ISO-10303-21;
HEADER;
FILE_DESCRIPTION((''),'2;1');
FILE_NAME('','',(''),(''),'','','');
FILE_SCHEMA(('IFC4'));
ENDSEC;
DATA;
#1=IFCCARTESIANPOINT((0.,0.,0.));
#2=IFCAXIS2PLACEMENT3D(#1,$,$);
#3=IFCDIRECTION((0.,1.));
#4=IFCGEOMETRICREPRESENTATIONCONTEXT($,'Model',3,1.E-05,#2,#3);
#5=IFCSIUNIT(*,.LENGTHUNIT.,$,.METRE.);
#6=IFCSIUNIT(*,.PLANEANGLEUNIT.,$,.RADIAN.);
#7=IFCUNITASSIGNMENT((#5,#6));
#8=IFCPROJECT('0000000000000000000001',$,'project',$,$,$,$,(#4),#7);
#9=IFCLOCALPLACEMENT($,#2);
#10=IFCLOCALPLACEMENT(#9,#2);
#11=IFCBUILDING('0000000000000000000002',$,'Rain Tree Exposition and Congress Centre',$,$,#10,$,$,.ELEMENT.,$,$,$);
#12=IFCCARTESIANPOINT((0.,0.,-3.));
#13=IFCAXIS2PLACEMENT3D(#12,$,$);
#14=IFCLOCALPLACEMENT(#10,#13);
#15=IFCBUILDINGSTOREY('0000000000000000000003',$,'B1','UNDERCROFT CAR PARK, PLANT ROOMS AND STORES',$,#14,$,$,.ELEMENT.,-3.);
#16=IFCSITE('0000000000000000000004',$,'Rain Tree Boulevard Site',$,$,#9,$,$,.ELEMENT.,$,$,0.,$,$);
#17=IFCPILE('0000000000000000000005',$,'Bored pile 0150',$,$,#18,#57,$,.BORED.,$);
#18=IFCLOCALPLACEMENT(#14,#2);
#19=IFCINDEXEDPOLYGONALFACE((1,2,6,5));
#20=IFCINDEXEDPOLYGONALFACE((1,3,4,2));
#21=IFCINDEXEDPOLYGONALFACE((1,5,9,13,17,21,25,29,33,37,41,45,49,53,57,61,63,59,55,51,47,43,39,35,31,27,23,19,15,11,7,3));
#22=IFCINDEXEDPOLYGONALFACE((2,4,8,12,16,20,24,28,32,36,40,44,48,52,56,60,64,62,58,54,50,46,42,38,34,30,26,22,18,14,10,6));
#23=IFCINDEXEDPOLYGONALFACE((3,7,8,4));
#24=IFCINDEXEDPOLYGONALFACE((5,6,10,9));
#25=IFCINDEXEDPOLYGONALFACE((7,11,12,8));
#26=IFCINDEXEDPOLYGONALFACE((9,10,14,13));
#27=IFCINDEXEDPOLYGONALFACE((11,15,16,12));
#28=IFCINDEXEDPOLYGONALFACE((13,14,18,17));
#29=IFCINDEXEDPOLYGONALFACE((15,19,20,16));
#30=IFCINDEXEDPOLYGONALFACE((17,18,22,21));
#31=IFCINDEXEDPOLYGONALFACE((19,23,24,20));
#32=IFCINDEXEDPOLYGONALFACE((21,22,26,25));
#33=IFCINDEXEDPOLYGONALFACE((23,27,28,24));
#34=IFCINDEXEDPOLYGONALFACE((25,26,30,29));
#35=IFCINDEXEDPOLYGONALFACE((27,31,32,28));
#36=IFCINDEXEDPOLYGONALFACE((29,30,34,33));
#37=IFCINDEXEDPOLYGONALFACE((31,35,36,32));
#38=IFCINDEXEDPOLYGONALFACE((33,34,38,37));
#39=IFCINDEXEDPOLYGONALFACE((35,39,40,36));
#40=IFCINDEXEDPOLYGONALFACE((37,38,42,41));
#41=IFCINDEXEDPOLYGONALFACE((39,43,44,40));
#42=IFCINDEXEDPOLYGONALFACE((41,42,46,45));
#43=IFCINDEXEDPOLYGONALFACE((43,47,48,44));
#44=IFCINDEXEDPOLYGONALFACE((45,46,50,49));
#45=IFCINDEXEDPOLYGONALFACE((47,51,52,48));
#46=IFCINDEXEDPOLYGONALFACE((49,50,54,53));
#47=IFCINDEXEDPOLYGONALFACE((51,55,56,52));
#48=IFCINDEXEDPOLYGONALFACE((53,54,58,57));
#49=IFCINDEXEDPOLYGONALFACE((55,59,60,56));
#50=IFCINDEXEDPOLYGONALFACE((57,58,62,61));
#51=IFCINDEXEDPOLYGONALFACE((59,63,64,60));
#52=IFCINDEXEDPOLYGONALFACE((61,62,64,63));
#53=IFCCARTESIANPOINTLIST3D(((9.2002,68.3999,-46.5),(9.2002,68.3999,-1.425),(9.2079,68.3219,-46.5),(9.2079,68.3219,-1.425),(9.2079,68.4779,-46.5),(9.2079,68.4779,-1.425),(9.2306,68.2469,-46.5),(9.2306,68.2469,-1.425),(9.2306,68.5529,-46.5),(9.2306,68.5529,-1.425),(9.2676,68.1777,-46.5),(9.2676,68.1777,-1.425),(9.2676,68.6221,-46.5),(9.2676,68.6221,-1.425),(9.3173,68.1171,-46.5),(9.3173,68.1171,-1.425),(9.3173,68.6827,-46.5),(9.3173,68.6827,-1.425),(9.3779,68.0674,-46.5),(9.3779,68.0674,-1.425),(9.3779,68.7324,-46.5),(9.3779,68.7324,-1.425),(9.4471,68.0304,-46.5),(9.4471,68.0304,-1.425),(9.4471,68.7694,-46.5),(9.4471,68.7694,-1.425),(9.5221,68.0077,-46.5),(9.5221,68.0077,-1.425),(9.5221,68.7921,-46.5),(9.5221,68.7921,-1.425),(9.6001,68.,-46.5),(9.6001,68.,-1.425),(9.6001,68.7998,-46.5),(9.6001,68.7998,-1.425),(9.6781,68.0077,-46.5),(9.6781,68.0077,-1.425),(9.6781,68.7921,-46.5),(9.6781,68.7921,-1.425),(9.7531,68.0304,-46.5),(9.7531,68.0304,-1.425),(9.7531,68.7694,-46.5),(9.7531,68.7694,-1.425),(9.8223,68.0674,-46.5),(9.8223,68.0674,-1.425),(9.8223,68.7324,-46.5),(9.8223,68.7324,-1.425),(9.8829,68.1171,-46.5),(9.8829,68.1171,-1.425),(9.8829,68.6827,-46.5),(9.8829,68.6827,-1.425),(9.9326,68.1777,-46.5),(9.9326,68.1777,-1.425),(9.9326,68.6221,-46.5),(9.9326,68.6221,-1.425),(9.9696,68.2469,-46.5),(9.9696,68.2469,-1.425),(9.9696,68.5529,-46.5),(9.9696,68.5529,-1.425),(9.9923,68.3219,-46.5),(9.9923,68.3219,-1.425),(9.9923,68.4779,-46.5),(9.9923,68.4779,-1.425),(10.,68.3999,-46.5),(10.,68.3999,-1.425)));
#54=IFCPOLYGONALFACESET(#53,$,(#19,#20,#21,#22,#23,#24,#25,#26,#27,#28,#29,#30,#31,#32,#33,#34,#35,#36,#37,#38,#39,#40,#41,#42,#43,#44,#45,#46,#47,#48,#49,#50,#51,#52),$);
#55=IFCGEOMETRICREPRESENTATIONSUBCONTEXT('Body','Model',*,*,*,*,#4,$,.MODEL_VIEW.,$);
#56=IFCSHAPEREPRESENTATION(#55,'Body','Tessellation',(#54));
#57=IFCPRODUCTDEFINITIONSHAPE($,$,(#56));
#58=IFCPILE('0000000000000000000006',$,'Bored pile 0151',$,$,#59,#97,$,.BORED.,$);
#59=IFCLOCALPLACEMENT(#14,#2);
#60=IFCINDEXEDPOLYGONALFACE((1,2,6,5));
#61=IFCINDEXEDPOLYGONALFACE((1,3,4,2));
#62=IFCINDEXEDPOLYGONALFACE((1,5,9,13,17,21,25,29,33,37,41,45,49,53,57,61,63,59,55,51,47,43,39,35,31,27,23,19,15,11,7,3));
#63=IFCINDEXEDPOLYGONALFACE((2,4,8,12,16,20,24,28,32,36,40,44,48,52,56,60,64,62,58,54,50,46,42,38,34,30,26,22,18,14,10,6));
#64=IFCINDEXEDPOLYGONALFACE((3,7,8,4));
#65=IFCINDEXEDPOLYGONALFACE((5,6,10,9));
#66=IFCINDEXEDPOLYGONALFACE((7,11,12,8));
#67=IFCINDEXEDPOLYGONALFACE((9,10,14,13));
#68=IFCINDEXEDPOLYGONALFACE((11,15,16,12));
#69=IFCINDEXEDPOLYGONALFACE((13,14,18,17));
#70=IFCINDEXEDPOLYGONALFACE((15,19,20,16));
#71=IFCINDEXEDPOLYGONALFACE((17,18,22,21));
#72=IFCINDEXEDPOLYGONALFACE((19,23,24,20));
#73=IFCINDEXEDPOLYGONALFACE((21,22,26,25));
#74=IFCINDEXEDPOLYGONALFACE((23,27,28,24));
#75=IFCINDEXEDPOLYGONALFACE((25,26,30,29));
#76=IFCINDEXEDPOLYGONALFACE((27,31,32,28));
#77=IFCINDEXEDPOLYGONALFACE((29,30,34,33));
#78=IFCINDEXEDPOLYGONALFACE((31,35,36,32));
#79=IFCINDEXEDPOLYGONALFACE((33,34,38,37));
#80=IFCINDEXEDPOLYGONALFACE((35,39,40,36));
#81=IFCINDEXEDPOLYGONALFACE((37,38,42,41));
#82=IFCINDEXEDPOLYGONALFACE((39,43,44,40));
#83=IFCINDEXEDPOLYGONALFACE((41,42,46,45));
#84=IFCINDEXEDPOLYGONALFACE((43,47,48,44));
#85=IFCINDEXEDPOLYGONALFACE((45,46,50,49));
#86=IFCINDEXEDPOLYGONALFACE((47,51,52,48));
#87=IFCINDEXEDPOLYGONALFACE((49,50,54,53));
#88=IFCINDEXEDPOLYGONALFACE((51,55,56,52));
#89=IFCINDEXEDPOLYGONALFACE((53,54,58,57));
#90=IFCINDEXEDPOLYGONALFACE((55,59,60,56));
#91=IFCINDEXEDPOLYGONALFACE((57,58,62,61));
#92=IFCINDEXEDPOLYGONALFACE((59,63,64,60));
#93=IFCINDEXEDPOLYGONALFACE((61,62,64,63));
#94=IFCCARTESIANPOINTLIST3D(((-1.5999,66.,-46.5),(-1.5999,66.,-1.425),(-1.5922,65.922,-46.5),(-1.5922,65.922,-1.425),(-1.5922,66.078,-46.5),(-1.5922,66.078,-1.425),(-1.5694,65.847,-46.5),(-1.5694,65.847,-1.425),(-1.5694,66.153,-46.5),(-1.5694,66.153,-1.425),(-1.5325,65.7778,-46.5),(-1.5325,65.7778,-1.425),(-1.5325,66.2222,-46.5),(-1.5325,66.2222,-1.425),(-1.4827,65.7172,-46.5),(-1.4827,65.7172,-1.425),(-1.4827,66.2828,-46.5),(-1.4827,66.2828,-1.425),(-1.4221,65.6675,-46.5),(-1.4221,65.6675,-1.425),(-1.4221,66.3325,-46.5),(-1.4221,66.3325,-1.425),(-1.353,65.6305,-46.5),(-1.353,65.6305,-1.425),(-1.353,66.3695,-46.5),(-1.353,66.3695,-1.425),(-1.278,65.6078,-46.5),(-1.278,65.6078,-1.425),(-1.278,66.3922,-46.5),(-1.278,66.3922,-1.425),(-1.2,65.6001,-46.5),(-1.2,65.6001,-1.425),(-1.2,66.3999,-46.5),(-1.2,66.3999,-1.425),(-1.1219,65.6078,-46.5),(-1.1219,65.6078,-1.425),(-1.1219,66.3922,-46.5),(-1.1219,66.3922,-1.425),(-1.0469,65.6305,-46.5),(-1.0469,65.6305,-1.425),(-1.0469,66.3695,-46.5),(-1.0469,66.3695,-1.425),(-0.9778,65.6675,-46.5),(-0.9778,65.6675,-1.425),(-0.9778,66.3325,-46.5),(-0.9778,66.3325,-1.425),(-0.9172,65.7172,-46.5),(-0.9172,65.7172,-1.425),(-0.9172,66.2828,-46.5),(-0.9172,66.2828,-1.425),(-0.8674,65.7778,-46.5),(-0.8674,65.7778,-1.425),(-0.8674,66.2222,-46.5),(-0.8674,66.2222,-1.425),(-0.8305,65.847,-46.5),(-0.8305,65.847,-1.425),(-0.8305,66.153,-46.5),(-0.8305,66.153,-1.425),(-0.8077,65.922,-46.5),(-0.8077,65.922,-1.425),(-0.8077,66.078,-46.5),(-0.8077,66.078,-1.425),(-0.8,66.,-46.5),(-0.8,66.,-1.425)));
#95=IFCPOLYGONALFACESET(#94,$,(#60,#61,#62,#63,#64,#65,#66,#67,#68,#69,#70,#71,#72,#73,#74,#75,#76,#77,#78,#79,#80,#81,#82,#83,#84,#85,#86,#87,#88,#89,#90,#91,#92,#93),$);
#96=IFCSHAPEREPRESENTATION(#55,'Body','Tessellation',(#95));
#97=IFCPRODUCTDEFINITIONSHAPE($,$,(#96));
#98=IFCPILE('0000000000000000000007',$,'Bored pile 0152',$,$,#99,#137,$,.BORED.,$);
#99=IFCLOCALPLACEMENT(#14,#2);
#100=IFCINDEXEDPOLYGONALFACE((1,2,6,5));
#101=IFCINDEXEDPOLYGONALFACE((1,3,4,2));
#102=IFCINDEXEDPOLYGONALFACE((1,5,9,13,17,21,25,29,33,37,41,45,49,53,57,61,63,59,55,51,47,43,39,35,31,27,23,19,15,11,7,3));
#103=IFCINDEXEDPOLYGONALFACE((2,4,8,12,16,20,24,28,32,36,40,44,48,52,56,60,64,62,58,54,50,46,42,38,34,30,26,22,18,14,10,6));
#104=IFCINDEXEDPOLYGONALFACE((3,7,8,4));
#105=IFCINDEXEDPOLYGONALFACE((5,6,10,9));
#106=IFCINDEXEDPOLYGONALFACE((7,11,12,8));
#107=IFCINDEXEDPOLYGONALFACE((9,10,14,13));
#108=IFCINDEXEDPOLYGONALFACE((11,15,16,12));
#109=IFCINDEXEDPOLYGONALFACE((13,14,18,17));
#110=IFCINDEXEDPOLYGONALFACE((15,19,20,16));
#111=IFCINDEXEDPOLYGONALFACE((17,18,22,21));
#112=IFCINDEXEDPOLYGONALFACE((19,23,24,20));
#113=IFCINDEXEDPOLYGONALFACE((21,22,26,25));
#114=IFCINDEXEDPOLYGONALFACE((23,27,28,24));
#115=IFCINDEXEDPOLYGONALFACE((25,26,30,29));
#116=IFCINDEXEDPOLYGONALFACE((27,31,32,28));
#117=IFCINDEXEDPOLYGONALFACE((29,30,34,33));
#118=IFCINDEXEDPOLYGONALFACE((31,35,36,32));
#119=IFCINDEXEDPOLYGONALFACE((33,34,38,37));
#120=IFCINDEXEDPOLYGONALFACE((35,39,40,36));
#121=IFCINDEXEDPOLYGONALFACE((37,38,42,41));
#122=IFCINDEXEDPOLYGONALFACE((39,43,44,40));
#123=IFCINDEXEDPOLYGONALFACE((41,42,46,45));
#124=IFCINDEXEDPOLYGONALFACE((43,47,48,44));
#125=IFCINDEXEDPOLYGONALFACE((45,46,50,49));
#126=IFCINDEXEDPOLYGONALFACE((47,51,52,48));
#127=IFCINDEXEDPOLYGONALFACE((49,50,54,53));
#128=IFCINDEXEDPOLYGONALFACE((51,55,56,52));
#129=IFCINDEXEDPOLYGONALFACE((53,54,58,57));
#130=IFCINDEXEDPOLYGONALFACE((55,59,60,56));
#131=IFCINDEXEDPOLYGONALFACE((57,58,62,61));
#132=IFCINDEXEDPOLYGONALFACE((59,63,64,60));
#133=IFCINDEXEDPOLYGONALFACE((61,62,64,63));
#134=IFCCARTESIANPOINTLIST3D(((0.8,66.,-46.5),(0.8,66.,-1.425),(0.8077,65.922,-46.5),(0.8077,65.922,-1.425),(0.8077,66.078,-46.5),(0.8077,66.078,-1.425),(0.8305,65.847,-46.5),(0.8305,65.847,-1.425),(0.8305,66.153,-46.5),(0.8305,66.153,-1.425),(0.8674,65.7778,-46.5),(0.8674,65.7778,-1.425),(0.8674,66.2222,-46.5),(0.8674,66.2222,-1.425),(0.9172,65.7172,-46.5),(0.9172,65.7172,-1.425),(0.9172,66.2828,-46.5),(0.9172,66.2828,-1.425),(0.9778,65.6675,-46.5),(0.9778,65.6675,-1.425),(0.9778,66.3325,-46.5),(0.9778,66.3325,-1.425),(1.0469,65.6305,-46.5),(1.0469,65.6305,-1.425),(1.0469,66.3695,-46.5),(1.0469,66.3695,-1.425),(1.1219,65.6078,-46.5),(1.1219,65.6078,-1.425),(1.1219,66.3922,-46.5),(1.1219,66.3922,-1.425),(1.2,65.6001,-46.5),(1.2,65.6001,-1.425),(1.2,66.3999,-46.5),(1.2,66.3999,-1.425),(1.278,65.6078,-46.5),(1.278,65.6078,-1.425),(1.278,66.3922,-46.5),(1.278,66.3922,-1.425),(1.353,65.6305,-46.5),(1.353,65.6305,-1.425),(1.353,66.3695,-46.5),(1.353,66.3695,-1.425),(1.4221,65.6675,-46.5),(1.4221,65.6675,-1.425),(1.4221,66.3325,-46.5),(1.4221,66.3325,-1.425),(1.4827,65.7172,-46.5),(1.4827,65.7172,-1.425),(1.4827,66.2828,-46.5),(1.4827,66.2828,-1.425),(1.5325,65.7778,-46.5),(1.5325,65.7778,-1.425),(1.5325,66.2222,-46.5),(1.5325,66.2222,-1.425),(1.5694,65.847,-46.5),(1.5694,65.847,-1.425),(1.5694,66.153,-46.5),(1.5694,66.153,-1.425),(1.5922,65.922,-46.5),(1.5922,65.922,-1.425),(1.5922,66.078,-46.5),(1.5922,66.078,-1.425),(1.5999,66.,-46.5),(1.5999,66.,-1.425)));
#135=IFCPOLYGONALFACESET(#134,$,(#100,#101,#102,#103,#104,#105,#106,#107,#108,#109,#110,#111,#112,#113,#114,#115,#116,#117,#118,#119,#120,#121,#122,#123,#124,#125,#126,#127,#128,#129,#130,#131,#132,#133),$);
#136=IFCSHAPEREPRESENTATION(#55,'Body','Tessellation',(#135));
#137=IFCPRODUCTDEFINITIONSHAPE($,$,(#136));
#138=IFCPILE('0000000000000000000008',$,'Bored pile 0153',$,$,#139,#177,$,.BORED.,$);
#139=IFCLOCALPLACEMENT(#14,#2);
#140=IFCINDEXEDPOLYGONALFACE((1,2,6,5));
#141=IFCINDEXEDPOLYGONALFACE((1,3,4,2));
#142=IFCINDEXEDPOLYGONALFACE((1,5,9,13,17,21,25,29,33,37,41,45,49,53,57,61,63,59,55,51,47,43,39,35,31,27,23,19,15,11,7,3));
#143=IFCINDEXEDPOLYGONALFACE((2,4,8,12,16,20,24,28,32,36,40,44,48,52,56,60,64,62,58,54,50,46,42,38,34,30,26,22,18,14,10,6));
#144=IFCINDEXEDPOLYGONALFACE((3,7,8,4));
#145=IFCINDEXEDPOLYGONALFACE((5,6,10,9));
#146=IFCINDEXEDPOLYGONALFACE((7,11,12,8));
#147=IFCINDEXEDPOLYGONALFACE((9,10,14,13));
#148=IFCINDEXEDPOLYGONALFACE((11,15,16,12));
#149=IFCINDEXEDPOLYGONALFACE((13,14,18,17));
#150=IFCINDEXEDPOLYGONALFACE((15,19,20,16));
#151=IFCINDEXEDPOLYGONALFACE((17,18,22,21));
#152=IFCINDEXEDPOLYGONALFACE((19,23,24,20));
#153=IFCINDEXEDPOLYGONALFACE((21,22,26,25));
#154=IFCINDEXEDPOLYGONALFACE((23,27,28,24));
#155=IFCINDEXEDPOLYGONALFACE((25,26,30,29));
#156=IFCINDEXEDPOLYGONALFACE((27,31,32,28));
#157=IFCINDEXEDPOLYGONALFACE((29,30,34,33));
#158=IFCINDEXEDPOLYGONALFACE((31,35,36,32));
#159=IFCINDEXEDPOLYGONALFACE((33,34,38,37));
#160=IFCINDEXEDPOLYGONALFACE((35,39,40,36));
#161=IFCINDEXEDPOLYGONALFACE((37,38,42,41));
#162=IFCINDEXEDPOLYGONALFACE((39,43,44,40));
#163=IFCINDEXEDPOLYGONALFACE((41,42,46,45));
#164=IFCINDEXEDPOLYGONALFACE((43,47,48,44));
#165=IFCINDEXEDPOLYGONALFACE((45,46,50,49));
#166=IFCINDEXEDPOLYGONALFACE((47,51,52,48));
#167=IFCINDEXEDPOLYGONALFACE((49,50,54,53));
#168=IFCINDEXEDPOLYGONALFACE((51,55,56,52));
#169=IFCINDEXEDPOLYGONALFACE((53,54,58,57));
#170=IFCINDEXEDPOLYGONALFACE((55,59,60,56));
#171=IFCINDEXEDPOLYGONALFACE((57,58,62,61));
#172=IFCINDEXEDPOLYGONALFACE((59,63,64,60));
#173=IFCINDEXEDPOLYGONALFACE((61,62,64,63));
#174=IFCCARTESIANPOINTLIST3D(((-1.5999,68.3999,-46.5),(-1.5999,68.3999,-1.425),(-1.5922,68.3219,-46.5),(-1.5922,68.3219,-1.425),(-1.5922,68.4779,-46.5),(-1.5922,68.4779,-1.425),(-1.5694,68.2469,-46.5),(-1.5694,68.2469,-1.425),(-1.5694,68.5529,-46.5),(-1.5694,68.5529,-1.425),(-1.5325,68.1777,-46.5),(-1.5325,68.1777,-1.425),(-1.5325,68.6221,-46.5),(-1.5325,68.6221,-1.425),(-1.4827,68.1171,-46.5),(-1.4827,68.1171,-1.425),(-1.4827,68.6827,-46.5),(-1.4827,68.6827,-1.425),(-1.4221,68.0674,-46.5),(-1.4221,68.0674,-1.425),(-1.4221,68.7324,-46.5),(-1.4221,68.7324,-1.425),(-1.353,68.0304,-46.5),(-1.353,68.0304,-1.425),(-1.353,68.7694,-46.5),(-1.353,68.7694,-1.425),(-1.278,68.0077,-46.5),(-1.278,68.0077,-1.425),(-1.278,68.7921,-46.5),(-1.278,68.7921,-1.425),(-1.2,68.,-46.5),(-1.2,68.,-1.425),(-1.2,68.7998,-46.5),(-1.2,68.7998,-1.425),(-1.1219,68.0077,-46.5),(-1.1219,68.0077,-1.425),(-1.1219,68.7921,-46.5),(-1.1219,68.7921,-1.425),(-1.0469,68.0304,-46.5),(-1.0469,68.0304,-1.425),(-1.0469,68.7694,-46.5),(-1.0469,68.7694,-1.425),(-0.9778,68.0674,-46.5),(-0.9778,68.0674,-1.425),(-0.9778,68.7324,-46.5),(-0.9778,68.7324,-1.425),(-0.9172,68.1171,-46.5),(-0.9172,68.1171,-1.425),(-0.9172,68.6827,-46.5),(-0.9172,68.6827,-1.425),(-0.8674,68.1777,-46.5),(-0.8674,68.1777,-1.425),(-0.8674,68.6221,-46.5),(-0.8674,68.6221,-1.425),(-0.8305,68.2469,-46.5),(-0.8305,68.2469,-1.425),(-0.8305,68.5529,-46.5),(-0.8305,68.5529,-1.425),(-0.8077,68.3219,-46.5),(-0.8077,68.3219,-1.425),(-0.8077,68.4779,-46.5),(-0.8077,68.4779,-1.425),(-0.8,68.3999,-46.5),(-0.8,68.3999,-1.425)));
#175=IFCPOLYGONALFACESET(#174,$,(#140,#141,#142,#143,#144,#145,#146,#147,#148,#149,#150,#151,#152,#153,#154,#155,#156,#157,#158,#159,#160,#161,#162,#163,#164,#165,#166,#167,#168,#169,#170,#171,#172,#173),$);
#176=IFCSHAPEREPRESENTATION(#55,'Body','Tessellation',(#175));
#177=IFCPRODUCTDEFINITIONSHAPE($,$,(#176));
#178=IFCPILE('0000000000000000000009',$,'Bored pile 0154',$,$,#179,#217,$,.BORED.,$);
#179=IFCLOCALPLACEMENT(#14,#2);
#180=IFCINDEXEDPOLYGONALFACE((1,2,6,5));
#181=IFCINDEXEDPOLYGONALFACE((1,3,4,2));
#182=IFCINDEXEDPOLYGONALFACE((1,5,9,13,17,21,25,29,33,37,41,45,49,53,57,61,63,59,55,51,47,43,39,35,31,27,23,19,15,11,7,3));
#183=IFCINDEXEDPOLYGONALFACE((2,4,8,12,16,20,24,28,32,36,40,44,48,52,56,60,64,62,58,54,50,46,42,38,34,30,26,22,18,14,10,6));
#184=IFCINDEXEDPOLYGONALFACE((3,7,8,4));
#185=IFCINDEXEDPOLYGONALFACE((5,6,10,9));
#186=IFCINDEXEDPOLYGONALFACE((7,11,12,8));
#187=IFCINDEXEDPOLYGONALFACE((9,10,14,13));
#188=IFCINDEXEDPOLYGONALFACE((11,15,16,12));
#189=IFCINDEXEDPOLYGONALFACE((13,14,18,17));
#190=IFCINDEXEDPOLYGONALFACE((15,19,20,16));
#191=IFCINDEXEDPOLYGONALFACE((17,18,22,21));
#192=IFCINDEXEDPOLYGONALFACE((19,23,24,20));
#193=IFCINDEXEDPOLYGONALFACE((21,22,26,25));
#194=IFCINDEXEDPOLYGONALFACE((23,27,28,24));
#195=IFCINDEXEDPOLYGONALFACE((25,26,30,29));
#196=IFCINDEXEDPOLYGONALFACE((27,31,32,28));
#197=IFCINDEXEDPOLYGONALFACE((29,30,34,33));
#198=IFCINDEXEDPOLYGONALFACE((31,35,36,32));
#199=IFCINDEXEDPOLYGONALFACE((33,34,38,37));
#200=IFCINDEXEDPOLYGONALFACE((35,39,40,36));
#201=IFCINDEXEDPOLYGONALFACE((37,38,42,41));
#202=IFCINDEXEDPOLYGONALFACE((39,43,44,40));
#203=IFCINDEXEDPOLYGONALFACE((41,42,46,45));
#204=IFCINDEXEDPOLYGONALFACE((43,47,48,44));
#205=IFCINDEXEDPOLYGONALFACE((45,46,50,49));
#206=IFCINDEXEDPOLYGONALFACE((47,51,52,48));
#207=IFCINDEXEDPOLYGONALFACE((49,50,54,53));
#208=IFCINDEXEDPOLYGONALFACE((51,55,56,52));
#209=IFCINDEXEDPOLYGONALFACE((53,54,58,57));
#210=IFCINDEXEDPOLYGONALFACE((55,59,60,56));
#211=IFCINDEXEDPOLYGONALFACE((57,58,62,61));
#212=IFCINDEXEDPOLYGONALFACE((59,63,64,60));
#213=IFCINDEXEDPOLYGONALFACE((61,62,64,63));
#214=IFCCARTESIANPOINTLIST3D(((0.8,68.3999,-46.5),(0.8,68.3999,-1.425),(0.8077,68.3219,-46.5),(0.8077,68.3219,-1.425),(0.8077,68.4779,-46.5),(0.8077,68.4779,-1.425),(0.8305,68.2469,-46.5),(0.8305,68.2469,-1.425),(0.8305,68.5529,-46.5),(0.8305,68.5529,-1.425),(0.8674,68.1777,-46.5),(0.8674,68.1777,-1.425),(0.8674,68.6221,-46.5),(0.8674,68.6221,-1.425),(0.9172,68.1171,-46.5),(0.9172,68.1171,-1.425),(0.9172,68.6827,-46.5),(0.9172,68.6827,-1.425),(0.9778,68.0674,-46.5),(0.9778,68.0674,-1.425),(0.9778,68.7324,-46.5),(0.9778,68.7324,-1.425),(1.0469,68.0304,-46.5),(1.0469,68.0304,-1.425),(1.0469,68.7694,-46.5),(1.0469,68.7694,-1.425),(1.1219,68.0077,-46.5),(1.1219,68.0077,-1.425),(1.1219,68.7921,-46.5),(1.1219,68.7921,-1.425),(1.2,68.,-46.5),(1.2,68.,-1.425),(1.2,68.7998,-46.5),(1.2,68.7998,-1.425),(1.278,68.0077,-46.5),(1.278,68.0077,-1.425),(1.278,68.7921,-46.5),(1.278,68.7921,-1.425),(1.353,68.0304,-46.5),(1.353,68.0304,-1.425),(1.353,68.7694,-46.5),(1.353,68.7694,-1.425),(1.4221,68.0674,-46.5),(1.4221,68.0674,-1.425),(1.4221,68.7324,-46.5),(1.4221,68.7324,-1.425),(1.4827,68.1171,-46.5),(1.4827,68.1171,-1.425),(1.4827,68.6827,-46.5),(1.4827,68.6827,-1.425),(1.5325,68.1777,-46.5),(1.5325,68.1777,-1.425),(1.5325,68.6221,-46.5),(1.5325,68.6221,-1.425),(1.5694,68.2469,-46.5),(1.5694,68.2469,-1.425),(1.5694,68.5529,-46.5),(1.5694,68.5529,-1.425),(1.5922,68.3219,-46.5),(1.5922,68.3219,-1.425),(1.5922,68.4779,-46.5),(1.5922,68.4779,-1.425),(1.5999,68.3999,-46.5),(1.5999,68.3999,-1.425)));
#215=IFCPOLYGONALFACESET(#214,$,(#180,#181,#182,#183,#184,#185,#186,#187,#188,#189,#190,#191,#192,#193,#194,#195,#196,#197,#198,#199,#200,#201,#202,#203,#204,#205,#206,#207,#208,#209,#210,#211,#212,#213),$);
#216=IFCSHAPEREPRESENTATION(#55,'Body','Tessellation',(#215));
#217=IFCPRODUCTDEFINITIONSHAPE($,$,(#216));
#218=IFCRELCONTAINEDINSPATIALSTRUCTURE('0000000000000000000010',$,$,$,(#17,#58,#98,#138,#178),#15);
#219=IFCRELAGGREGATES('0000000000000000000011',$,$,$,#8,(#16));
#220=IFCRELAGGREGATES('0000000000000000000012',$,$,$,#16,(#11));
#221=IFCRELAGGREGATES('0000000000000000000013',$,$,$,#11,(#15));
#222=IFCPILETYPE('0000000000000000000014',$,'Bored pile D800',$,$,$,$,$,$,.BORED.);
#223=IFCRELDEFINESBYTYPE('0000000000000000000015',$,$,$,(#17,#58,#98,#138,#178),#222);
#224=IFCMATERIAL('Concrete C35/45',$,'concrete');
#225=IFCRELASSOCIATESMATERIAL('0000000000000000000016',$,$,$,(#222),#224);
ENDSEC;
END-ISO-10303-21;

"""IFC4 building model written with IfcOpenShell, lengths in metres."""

from ifc_helpers import new_model, si_unit, direction, frame, origin, origin_2d, place, context, subcontext, project, spatial, circle, extrude, material, material_profile, profile_set, type_object, element, save


model = new_model("IFC4")

# Units and contexts
model_context = context("Model", 3, precision=1e-05, world=origin(), true_north=direction((0.0, 1.0)))
body_context = subcontext(model_context, "Body", "Model", "MODEL_VIEW")
ifc_project = project(units=[si_unit("LENGTHUNIT", "METRE"), si_unit("PLANEANGLEUNIT", "RADIAN")], contexts=[model_context])

# Site, building, storey
site_placement = place(None, origin())
site = spatial("IfcSite", under=ifc_project, at=site_placement, Name="Rain Tree Boulevard Site", CompositionType="ELEMENT", RefElevation=0.0)
building_placement = place(site_placement, origin())
building = spatial("IfcBuilding", under=site, at=building_placement, Name="Rain Tree Exposition and Congress Centre", CompositionType="ELEMENT")
storey_placement = place(building_placement, frame((0.0, 0.0, -3.0)))
storey = spatial("IfcBuildingStorey", under=building, at=storey_placement, Name="B1", Description="UNDERCROFT CAR PARK, PLANT ROOMS AND STORES", CompositionType="ELEMENT", Elevation=-3.0)

# Piles
ifc_material_1 = material(Name="Concrete C35/45", Category="concrete")
ifc_material_profile_1 = material_profile(ifc_material_1, circle(Radius=0.3999, at=origin_2d()), Name="D800")
ifc_profile_set_1 = profile_set([ifc_material_profile_1], Name="Concrete C35/45")
pile_type = type_object("IfcPileType", Name="Bored pile D800", PredefinedType="BORED", material=ifc_profile_set_1)
for number, where, z_axis, x_axis, name in (
    (1, (9.6001, 68.3999, -1.425), (0.0, 0.0, -1.0), (1.0, 0.0, 0.0), "Bored pile 0150"),
    (2, (-1.2, 66.0, -1.425), (0.0, 0.0, -1.0), (1.0, 0.0, 0.0), "Bored pile 0151"),
    (3, (1.2, 66.0, -1.425), (0.0, 0.0, -1.0), (1.0, 0.0, 0.0), "Bored pile 0152"),
    (4, (-1.2, 68.3999, -1.425), (0.0, 0.0, -1.0), (1.0, 0.0, 0.0), "Bored pile 0153"),
    (5, (1.2, 68.3999, -1.425), (0.0, 0.0, -1.0), (1.0, 0.0, 0.0), "Bored pile 0154"),
):
    element("IfcPile", number, at=place(storey_placement, frame(where, z_axis=z_axis, x_axis=x_axis)), inside=storey, type_object=pile_type, Name=name, PredefinedType="BORED", context=body_context, shape_type="SweptSolid", body=[
        extrude(circle(Radius=0.3999, at=origin_2d()), origin(), (0.0, 0.0, 1.0), 45.075),
    ])

save(model, "model.ifc")
